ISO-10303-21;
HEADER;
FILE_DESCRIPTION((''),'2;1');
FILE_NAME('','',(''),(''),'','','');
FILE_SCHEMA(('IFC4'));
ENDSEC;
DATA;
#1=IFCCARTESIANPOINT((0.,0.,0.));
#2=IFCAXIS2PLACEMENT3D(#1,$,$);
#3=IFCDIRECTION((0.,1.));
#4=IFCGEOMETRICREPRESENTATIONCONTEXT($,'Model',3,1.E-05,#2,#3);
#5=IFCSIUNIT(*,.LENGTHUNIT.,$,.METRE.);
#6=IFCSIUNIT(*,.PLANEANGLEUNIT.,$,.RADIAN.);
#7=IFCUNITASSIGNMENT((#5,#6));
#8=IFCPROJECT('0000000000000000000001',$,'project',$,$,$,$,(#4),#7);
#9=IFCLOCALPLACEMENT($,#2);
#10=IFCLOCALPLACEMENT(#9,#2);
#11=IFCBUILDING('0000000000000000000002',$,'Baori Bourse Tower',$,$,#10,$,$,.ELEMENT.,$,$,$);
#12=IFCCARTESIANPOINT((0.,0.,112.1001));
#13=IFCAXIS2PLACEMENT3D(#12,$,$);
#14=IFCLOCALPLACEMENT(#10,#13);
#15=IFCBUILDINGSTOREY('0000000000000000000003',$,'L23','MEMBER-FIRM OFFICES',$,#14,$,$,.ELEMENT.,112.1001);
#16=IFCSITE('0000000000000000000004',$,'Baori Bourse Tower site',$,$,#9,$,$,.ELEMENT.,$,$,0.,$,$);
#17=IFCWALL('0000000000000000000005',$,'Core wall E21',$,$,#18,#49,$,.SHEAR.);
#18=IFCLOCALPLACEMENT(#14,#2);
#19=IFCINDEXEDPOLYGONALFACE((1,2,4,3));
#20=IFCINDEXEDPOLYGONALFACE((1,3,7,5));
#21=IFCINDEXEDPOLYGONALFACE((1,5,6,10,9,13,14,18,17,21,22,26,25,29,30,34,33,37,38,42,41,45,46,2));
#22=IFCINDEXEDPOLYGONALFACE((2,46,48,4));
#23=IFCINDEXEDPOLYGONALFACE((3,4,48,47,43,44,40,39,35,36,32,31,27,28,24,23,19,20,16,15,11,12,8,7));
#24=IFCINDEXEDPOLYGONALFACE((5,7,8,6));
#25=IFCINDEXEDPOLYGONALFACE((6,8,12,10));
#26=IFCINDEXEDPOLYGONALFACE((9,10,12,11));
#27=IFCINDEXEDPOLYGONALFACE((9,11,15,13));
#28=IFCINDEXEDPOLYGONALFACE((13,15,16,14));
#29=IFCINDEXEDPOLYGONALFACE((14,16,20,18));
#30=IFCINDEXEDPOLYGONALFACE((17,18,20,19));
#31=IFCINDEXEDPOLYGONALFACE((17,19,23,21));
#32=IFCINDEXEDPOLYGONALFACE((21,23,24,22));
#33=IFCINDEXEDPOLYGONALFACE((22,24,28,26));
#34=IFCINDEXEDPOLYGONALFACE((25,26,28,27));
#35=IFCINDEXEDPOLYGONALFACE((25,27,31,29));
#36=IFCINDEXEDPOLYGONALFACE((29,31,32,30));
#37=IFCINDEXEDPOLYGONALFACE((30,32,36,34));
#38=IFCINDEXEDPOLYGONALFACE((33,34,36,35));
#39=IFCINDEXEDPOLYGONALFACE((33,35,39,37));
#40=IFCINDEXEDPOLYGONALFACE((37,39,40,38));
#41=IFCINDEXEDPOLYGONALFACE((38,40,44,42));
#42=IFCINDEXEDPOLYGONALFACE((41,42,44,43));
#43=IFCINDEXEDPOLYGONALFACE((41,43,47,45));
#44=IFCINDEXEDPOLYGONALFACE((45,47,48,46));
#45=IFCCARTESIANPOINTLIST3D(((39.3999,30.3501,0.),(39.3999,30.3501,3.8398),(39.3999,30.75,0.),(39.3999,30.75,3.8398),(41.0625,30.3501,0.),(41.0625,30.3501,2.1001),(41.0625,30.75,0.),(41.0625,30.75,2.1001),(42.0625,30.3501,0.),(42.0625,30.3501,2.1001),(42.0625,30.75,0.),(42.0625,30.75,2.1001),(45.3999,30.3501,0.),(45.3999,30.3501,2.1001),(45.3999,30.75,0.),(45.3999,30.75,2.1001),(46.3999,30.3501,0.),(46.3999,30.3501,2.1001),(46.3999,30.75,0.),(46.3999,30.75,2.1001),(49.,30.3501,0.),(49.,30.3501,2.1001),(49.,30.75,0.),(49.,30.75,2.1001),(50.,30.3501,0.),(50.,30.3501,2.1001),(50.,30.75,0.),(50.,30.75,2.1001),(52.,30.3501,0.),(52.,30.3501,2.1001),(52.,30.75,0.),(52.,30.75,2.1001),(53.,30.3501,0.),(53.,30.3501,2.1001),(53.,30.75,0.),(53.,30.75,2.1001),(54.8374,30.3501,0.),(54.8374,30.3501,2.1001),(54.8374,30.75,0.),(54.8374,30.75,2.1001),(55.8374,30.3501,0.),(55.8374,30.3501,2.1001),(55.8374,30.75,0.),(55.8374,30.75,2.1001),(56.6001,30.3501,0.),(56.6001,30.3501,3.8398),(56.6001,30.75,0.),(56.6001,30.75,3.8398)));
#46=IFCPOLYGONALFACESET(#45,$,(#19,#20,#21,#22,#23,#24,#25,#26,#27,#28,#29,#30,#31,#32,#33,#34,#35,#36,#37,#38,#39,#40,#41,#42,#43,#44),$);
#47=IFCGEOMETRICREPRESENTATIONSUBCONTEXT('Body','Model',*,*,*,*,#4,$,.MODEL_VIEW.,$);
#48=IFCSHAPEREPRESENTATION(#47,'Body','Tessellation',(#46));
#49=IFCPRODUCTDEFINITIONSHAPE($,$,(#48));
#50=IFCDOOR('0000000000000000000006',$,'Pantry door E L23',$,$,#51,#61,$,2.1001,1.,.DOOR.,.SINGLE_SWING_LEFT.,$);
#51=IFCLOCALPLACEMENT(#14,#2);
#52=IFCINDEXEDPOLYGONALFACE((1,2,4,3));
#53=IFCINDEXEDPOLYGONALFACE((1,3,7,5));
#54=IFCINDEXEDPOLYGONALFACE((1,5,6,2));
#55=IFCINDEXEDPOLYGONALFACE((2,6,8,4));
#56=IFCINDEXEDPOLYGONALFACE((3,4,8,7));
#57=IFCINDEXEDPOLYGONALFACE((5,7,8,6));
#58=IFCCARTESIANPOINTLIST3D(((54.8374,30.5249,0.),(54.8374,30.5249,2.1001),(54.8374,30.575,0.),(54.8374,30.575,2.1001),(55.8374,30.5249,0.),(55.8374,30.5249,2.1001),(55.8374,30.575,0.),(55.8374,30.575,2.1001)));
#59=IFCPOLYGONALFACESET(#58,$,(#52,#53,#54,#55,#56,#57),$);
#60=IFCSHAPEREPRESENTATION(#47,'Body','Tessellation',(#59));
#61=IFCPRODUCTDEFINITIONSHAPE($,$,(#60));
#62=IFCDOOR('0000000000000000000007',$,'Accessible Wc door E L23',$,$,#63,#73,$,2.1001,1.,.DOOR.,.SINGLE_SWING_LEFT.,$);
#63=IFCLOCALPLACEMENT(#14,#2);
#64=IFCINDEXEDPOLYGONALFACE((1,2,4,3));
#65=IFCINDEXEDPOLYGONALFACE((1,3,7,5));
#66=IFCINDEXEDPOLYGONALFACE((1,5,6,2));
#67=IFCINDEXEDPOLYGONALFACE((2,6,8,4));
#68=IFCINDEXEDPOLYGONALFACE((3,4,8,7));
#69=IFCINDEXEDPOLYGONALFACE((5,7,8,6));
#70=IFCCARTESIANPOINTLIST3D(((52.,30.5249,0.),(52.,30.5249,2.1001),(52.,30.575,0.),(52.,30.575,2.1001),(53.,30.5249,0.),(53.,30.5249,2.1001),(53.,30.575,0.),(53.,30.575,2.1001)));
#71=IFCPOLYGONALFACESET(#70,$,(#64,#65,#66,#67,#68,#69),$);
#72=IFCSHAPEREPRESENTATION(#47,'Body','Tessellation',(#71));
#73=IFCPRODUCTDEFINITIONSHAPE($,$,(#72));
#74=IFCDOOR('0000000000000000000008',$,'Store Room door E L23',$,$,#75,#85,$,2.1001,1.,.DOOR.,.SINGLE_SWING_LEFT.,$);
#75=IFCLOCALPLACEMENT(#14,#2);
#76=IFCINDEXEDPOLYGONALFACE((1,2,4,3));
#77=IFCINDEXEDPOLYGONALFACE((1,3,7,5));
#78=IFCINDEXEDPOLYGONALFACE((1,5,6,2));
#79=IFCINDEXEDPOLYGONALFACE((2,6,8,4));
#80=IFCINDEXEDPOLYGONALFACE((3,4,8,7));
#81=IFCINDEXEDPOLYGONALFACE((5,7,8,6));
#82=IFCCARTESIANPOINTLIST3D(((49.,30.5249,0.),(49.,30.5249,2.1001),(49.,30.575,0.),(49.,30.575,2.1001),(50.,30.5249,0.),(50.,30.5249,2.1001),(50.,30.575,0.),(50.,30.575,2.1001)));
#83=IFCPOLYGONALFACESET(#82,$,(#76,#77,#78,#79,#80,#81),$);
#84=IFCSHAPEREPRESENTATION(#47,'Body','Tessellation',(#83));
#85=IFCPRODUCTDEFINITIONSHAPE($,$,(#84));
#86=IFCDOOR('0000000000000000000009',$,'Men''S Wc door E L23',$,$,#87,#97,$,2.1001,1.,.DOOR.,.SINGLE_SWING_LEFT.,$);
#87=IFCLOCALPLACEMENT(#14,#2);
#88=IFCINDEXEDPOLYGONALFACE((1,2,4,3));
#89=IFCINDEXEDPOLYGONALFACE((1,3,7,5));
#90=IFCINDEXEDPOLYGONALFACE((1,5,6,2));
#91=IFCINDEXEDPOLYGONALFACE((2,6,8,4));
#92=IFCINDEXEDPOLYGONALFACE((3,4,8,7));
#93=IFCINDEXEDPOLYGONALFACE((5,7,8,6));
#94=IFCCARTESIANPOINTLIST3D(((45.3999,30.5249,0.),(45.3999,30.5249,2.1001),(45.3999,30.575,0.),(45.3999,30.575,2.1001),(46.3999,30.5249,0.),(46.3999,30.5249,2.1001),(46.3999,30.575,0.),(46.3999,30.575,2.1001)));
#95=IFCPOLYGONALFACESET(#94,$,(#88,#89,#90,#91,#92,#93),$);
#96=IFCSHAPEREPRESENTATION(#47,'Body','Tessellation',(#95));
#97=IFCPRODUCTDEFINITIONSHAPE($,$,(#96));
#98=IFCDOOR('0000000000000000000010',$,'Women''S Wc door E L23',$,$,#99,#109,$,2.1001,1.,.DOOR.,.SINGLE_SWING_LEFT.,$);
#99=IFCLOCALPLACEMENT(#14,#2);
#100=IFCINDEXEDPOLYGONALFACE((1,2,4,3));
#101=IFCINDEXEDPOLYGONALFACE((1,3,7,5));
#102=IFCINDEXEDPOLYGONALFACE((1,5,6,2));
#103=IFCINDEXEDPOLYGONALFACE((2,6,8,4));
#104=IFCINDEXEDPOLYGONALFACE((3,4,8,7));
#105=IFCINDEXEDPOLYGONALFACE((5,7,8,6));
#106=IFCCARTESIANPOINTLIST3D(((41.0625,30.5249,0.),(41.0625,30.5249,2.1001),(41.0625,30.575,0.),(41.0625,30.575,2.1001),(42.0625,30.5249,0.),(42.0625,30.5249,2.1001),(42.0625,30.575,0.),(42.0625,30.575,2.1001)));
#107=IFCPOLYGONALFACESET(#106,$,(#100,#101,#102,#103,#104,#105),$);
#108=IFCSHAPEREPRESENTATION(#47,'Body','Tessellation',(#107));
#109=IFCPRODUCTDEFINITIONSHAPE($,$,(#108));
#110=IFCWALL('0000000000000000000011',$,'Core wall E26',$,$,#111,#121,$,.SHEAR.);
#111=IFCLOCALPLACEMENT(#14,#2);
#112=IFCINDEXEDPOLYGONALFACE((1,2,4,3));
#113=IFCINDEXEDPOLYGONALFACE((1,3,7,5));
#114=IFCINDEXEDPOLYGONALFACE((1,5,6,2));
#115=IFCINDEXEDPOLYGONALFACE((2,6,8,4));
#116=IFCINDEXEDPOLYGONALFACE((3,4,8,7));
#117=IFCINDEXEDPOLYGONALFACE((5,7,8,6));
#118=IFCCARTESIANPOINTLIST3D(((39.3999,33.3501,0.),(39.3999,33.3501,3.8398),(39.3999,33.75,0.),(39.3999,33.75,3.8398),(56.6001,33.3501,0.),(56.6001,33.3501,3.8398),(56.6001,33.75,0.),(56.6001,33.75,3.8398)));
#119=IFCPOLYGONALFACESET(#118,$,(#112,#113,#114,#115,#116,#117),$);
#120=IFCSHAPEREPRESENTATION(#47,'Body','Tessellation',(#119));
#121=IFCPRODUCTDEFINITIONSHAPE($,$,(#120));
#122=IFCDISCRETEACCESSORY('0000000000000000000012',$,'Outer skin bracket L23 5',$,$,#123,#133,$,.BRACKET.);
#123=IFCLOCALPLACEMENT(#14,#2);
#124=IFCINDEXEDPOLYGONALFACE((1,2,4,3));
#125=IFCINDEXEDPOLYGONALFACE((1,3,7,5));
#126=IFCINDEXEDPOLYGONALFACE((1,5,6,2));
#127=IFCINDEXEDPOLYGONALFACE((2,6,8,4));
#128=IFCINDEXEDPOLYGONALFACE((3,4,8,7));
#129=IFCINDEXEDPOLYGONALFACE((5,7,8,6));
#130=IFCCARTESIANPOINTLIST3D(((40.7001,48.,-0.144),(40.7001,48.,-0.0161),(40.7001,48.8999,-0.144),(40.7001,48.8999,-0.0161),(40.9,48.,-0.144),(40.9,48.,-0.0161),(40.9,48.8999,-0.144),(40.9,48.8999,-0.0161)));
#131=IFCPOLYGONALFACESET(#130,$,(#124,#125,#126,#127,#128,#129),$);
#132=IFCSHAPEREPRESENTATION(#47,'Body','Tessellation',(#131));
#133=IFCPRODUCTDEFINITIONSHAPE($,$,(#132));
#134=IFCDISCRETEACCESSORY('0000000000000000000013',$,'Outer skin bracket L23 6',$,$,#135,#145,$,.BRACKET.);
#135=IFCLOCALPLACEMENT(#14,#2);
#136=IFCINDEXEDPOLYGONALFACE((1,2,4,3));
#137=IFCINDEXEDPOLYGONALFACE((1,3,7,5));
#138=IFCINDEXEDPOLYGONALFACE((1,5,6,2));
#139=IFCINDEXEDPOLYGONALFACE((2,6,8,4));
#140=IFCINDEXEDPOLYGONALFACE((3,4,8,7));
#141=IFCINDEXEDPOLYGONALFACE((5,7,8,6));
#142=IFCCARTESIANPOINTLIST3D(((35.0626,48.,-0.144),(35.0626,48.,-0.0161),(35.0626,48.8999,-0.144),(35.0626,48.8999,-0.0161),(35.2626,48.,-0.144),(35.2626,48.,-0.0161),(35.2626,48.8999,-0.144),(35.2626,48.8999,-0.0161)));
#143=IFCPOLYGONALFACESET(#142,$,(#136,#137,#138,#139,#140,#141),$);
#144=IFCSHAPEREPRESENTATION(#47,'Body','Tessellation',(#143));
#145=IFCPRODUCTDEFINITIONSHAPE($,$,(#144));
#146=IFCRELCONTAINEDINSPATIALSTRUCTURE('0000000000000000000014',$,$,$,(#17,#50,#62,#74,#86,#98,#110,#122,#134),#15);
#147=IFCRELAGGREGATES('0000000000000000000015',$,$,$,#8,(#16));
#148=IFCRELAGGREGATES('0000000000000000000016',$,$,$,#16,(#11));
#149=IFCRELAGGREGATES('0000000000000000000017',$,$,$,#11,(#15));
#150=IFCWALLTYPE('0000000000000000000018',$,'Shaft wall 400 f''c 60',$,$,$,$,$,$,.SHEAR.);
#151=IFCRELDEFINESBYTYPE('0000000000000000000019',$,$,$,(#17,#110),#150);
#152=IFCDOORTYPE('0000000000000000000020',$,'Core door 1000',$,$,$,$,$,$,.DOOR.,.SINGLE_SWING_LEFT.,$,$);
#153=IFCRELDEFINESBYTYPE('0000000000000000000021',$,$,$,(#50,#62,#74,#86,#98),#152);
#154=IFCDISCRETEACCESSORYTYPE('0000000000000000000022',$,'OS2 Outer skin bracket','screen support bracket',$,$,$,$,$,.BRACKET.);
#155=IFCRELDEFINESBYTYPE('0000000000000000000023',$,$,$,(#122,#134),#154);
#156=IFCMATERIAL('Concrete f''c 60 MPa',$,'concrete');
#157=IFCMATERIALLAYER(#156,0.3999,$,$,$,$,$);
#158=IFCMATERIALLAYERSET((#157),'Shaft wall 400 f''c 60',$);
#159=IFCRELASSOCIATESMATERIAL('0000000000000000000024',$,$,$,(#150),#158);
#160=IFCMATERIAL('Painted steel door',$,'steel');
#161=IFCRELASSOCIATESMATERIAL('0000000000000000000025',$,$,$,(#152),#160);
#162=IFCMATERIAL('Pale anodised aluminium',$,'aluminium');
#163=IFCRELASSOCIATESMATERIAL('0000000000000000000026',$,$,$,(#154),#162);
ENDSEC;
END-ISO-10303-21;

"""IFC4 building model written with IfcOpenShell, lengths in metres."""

from ifc_helpers import new_model, si_unit, direction, frame, frame_2d, origin, origin_2d, place, context, subcontext, project, spatial, rectangle, extrude, material, layer, layer_set, type_object, element, fill, save


model = new_model("IFC4")

# Units and contexts
model_context = context("Model", 3, precision=1e-05, world=origin(), true_north=direction((0.0, 1.0)))
body_context = subcontext(model_context, "Body", "Model", "MODEL_VIEW")
ifc_project = project(units=[si_unit("LENGTHUNIT", "METRE"), si_unit("PLANEANGLEUNIT", "RADIAN")], contexts=[model_context])

# Site, building, storey
site_placement = place(None, origin())
site = spatial("IfcSite", under=ifc_project, at=site_placement, Name="Baori Bourse Tower site", CompositionType="ELEMENT", RefElevation=0.0)
building_placement = place(site_placement, origin())
building = spatial("IfcBuilding", under=site, at=building_placement, Name="Baori Bourse Tower", CompositionType="ELEMENT")
storey_placement = place(building_placement, frame((0.0, 0.0, 112.1001)))
storey = spatial("IfcBuildingStorey", under=building, at=storey_placement, Name="L23", Description="MEMBER-FIRM OFFICES", CompositionType="ELEMENT", Elevation=112.1001)

# Wall, openings, doors
ifc_material_1 = material(Name="Concrete f'c 60 MPa", Category="concrete")
ifc_layer_1 = layer(ifc_material_1, 0.3999)
ifc_layer_set_1 = layer_set([ifc_layer_1], Name="Shaft wall 400 f'c 60")
wall_type_1 = type_object("IfcWallType", Name="Shaft wall 400 f'c 60", PredefinedType="SHEAR", material=ifc_layer_set_1)
wall_1_placement = place(storey_placement, frame((39.3999, 30.55, 0.0), z_axis=(0.0, 0.0, 1.0), x_axis=(1.0, 0.0, 0.0)))
wall_1 = element("IfcWall", 1, at=wall_1_placement, inside=storey, type_object=wall_type_1, Name="Core wall E21", PredefinedType="SHEAR", context=body_context, shape_type="SweptSolid", body=[
    extrude(rectangle(XDim=17.2002, YDim=0.3999, at=frame_2d((8.6001, 0.0))), origin(), (0.0, 0.0, 1.0), 3.8398),
])
opening_1_placement = place(wall_1_placement, frame((15.4375, 0.0, 0.0)))
opening_1 = element("IfcOpeningElement", 2, at=opening_1_placement, cuts=wall_1, PredefinedType="OPENING", context=body_context, shape_type="SweptSolid", body=[
    extrude(rectangle(XDim=1.0, YDim=2.1001, at=frame_2d((0.5, 1.05))), frame((0.0, 0.21, 0.0), z_axis=(0.0, -1.0, 0.0), x_axis=(1.0, 0.0, 0.0)), (0.0, 0.0, 1.0), 0.4199),
])
opening_2_placement = place(wall_1_placement, frame((12.6001, 0.0, 0.0)))
opening_2 = element("IfcOpeningElement", 3, at=opening_2_placement, cuts=wall_1, PredefinedType="OPENING", context=body_context, shape_type="SweptSolid", body=[
    extrude(rectangle(XDim=1.0, YDim=2.1001, at=frame_2d((0.5, 1.05))), frame((0.0, 0.21, 0.0), z_axis=(0.0, -1.0, 0.0), x_axis=(1.0, 0.0, 0.0)), (0.0, 0.0, 1.0), 0.4199),
])
opening_3_placement = place(wall_1_placement, frame((9.6001, 0.0, 0.0)))
opening_3 = element("IfcOpeningElement", 4, at=opening_3_placement, cuts=wall_1, PredefinedType="OPENING", context=body_context, shape_type="SweptSolid", body=[
    extrude(rectangle(XDim=1.0, YDim=2.1001, at=frame_2d((0.5, 1.05))), frame((0.0, 0.21, 0.0), z_axis=(0.0, -1.0, 0.0), x_axis=(1.0, 0.0, 0.0)), (0.0, 0.0, 1.0), 0.4199),
])
opening_4_placement = place(wall_1_placement, frame((6.0, 0.0, 0.0)))
opening_4 = element("IfcOpeningElement", 5, at=opening_4_placement, cuts=wall_1, PredefinedType="OPENING", context=body_context, shape_type="SweptSolid", body=[
    extrude(rectangle(XDim=1.0, YDim=2.1001, at=frame_2d((0.5, 1.05))), frame((0.0, 0.21, 0.0), z_axis=(0.0, -1.0, 0.0), x_axis=(1.0, 0.0, 0.0)), (0.0, 0.0, 1.0), 0.4199),
])
opening_5_placement = place(wall_1_placement, frame((1.6626, 0.0, 0.0)))
opening_5 = element("IfcOpeningElement", 6, at=opening_5_placement, cuts=wall_1, PredefinedType="OPENING", context=body_context, shape_type="SweptSolid", body=[
    extrude(rectangle(XDim=1.0, YDim=2.1001, at=frame_2d((0.5, 1.05))), frame((0.0, 0.21, 0.0), z_axis=(0.0, -1.0, 0.0), x_axis=(1.0, 0.0, 0.0)), (0.0, 0.0, 1.0), 0.4199),
])
ifc_material_2 = material(Name="Painted steel door", Category="steel")
door_type_1 = type_object("IfcDoorType", Name="Core door 1000", OperationType="SINGLE_SWING_LEFT", PredefinedType="DOOR", material=ifc_material_2)
door_1_placement = place(opening_1_placement, origin())
door_1 = element("IfcDoor", 7, at=door_1_placement, inside=storey, type_object=door_type_1, Name="Pantry door E L23", OperationType="SINGLE_SWING_LEFT", OverallHeight=2.1001, OverallWidth=1.0, PredefinedType="DOOR", context=body_context, shape_type="SweptSolid", body=[
    extrude(rectangle(XDim=1.0, YDim=2.1001, at=frame_2d((0.5, 1.05))), frame((0.0, 0.0249, 0.0), z_axis=(0.0, -1.0, 0.0), x_axis=(1.0, 0.0, 0.0)), (0.0, 0.0, 1.0), 0.05),
])
fill(opening_1, door_1)
door_2_placement = place(opening_2_placement, origin())
door_2 = element("IfcDoor", 8, at=door_2_placement, inside=storey, type_object=door_type_1, Name="Accessible Wc door E L23", OperationType="SINGLE_SWING_LEFT", OverallHeight=2.1001, OverallWidth=1.0, PredefinedType="DOOR", context=body_context, shape_type="SweptSolid", body=[
    extrude(rectangle(XDim=1.0, YDim=2.1001, at=frame_2d((0.5, 1.05))), frame((0.0, 0.0249, 0.0), z_axis=(0.0, -1.0, 0.0), x_axis=(1.0, 0.0, 0.0)), (0.0, 0.0, 1.0), 0.05),
])
fill(opening_2, door_2)
door_3_placement = place(opening_3_placement, origin())
door_3 = element("IfcDoor", 9, at=door_3_placement, inside=storey, type_object=door_type_1, Name="Store Room door E L23", OperationType="SINGLE_SWING_LEFT", OverallHeight=2.1001, OverallWidth=1.0, PredefinedType="DOOR", context=body_context, shape_type="SweptSolid", body=[
    extrude(rectangle(XDim=1.0, YDim=2.1001, at=frame_2d((0.5, 1.05))), frame((0.0, 0.0249, 0.0), z_axis=(0.0, -1.0, 0.0), x_axis=(1.0, 0.0, 0.0)), (0.0, 0.0, 1.0), 0.05),
])
fill(opening_3, door_3)
door_4_placement = place(opening_4_placement, origin())
door_4 = element("IfcDoor", 10, at=door_4_placement, inside=storey, type_object=door_type_1, Name="Men'S Wc door E L23", OperationType="SINGLE_SWING_LEFT", OverallHeight=2.1001, OverallWidth=1.0, PredefinedType="DOOR", context=body_context, shape_type="SweptSolid", body=[
    extrude(rectangle(XDim=1.0, YDim=2.1001, at=frame_2d((0.5, 1.05))), frame((0.0, 0.0249, 0.0), z_axis=(0.0, -1.0, 0.0), x_axis=(1.0, 0.0, 0.0)), (0.0, 0.0, 1.0), 0.05),
])
fill(opening_4, door_4)
door_5_placement = place(opening_5_placement, origin())
door_5 = element("IfcDoor", 11, at=door_5_placement, inside=storey, type_object=door_type_1, Name="Women'S Wc door E L23", OperationType="SINGLE_SWING_LEFT", OverallHeight=2.1001, OverallWidth=1.0, PredefinedType="DOOR", context=body_context, shape_type="SweptSolid", body=[
    extrude(rectangle(XDim=1.0, YDim=2.1001, at=frame_2d((0.5, 1.05))), frame((0.0, 0.0249, 0.0), z_axis=(0.0, -1.0, 0.0), x_axis=(1.0, 0.0, 0.0)), (0.0, 0.0, 1.0), 0.05),
])
fill(opening_5, door_5)

# Wall
wall_2_placement = place(storey_placement, frame((39.3999, 33.55, 0.0), z_axis=(0.0, 0.0, 1.0), x_axis=(1.0, 0.0, 0.0)))
element("IfcWall", 12, at=wall_2_placement, inside=storey, type_object=wall_type_1, Name="Core wall E26", PredefinedType="SHEAR", context=body_context, shape_type="SweptSolid", body=[
    extrude(rectangle(XDim=17.2002, YDim=0.3999, at=frame_2d((8.6001, 0.0))), origin(), (0.0, 0.0, 1.0), 3.8398),
])

# Discrete accessories
ifc_material_3 = material(Name="Pale anodised aluminium", Category="aluminium")
discrete_accessory_type = type_object("IfcDiscreteAccessoryType", Name="OS2 Outer skin bracket", Description="screen support bracket", PredefinedType="BRACKET", material=ifc_material_3)
for number, where, z_axis, x_axis, name in (
    (13, (40.8, 48.45, -0.144), (0.0, 0.0, 1.0), (-1.0, 0.0, 0.0), "Outer skin bracket L23 5"),
    (14, (35.1626, 48.45, -0.144), (0.0, 0.0, 1.0), (-1.0, 0.0, 0.0), "Outer skin bracket L23 6"),
):
    element("IfcDiscreteAccessory", number, at=place(storey_placement, frame(where, z_axis=z_axis, x_axis=x_axis)), inside=storey, type_object=discrete_accessory_type, Name=name, PredefinedType="BRACKET", context=body_context, shape_type="SweptSolid", body=[
        extrude(rectangle(XDim=0.2, YDim=0.8999, at=origin_2d()), origin(), (0.0, 0.0, 1.0), 0.1279),
    ])

save(model, "model.ifc")
